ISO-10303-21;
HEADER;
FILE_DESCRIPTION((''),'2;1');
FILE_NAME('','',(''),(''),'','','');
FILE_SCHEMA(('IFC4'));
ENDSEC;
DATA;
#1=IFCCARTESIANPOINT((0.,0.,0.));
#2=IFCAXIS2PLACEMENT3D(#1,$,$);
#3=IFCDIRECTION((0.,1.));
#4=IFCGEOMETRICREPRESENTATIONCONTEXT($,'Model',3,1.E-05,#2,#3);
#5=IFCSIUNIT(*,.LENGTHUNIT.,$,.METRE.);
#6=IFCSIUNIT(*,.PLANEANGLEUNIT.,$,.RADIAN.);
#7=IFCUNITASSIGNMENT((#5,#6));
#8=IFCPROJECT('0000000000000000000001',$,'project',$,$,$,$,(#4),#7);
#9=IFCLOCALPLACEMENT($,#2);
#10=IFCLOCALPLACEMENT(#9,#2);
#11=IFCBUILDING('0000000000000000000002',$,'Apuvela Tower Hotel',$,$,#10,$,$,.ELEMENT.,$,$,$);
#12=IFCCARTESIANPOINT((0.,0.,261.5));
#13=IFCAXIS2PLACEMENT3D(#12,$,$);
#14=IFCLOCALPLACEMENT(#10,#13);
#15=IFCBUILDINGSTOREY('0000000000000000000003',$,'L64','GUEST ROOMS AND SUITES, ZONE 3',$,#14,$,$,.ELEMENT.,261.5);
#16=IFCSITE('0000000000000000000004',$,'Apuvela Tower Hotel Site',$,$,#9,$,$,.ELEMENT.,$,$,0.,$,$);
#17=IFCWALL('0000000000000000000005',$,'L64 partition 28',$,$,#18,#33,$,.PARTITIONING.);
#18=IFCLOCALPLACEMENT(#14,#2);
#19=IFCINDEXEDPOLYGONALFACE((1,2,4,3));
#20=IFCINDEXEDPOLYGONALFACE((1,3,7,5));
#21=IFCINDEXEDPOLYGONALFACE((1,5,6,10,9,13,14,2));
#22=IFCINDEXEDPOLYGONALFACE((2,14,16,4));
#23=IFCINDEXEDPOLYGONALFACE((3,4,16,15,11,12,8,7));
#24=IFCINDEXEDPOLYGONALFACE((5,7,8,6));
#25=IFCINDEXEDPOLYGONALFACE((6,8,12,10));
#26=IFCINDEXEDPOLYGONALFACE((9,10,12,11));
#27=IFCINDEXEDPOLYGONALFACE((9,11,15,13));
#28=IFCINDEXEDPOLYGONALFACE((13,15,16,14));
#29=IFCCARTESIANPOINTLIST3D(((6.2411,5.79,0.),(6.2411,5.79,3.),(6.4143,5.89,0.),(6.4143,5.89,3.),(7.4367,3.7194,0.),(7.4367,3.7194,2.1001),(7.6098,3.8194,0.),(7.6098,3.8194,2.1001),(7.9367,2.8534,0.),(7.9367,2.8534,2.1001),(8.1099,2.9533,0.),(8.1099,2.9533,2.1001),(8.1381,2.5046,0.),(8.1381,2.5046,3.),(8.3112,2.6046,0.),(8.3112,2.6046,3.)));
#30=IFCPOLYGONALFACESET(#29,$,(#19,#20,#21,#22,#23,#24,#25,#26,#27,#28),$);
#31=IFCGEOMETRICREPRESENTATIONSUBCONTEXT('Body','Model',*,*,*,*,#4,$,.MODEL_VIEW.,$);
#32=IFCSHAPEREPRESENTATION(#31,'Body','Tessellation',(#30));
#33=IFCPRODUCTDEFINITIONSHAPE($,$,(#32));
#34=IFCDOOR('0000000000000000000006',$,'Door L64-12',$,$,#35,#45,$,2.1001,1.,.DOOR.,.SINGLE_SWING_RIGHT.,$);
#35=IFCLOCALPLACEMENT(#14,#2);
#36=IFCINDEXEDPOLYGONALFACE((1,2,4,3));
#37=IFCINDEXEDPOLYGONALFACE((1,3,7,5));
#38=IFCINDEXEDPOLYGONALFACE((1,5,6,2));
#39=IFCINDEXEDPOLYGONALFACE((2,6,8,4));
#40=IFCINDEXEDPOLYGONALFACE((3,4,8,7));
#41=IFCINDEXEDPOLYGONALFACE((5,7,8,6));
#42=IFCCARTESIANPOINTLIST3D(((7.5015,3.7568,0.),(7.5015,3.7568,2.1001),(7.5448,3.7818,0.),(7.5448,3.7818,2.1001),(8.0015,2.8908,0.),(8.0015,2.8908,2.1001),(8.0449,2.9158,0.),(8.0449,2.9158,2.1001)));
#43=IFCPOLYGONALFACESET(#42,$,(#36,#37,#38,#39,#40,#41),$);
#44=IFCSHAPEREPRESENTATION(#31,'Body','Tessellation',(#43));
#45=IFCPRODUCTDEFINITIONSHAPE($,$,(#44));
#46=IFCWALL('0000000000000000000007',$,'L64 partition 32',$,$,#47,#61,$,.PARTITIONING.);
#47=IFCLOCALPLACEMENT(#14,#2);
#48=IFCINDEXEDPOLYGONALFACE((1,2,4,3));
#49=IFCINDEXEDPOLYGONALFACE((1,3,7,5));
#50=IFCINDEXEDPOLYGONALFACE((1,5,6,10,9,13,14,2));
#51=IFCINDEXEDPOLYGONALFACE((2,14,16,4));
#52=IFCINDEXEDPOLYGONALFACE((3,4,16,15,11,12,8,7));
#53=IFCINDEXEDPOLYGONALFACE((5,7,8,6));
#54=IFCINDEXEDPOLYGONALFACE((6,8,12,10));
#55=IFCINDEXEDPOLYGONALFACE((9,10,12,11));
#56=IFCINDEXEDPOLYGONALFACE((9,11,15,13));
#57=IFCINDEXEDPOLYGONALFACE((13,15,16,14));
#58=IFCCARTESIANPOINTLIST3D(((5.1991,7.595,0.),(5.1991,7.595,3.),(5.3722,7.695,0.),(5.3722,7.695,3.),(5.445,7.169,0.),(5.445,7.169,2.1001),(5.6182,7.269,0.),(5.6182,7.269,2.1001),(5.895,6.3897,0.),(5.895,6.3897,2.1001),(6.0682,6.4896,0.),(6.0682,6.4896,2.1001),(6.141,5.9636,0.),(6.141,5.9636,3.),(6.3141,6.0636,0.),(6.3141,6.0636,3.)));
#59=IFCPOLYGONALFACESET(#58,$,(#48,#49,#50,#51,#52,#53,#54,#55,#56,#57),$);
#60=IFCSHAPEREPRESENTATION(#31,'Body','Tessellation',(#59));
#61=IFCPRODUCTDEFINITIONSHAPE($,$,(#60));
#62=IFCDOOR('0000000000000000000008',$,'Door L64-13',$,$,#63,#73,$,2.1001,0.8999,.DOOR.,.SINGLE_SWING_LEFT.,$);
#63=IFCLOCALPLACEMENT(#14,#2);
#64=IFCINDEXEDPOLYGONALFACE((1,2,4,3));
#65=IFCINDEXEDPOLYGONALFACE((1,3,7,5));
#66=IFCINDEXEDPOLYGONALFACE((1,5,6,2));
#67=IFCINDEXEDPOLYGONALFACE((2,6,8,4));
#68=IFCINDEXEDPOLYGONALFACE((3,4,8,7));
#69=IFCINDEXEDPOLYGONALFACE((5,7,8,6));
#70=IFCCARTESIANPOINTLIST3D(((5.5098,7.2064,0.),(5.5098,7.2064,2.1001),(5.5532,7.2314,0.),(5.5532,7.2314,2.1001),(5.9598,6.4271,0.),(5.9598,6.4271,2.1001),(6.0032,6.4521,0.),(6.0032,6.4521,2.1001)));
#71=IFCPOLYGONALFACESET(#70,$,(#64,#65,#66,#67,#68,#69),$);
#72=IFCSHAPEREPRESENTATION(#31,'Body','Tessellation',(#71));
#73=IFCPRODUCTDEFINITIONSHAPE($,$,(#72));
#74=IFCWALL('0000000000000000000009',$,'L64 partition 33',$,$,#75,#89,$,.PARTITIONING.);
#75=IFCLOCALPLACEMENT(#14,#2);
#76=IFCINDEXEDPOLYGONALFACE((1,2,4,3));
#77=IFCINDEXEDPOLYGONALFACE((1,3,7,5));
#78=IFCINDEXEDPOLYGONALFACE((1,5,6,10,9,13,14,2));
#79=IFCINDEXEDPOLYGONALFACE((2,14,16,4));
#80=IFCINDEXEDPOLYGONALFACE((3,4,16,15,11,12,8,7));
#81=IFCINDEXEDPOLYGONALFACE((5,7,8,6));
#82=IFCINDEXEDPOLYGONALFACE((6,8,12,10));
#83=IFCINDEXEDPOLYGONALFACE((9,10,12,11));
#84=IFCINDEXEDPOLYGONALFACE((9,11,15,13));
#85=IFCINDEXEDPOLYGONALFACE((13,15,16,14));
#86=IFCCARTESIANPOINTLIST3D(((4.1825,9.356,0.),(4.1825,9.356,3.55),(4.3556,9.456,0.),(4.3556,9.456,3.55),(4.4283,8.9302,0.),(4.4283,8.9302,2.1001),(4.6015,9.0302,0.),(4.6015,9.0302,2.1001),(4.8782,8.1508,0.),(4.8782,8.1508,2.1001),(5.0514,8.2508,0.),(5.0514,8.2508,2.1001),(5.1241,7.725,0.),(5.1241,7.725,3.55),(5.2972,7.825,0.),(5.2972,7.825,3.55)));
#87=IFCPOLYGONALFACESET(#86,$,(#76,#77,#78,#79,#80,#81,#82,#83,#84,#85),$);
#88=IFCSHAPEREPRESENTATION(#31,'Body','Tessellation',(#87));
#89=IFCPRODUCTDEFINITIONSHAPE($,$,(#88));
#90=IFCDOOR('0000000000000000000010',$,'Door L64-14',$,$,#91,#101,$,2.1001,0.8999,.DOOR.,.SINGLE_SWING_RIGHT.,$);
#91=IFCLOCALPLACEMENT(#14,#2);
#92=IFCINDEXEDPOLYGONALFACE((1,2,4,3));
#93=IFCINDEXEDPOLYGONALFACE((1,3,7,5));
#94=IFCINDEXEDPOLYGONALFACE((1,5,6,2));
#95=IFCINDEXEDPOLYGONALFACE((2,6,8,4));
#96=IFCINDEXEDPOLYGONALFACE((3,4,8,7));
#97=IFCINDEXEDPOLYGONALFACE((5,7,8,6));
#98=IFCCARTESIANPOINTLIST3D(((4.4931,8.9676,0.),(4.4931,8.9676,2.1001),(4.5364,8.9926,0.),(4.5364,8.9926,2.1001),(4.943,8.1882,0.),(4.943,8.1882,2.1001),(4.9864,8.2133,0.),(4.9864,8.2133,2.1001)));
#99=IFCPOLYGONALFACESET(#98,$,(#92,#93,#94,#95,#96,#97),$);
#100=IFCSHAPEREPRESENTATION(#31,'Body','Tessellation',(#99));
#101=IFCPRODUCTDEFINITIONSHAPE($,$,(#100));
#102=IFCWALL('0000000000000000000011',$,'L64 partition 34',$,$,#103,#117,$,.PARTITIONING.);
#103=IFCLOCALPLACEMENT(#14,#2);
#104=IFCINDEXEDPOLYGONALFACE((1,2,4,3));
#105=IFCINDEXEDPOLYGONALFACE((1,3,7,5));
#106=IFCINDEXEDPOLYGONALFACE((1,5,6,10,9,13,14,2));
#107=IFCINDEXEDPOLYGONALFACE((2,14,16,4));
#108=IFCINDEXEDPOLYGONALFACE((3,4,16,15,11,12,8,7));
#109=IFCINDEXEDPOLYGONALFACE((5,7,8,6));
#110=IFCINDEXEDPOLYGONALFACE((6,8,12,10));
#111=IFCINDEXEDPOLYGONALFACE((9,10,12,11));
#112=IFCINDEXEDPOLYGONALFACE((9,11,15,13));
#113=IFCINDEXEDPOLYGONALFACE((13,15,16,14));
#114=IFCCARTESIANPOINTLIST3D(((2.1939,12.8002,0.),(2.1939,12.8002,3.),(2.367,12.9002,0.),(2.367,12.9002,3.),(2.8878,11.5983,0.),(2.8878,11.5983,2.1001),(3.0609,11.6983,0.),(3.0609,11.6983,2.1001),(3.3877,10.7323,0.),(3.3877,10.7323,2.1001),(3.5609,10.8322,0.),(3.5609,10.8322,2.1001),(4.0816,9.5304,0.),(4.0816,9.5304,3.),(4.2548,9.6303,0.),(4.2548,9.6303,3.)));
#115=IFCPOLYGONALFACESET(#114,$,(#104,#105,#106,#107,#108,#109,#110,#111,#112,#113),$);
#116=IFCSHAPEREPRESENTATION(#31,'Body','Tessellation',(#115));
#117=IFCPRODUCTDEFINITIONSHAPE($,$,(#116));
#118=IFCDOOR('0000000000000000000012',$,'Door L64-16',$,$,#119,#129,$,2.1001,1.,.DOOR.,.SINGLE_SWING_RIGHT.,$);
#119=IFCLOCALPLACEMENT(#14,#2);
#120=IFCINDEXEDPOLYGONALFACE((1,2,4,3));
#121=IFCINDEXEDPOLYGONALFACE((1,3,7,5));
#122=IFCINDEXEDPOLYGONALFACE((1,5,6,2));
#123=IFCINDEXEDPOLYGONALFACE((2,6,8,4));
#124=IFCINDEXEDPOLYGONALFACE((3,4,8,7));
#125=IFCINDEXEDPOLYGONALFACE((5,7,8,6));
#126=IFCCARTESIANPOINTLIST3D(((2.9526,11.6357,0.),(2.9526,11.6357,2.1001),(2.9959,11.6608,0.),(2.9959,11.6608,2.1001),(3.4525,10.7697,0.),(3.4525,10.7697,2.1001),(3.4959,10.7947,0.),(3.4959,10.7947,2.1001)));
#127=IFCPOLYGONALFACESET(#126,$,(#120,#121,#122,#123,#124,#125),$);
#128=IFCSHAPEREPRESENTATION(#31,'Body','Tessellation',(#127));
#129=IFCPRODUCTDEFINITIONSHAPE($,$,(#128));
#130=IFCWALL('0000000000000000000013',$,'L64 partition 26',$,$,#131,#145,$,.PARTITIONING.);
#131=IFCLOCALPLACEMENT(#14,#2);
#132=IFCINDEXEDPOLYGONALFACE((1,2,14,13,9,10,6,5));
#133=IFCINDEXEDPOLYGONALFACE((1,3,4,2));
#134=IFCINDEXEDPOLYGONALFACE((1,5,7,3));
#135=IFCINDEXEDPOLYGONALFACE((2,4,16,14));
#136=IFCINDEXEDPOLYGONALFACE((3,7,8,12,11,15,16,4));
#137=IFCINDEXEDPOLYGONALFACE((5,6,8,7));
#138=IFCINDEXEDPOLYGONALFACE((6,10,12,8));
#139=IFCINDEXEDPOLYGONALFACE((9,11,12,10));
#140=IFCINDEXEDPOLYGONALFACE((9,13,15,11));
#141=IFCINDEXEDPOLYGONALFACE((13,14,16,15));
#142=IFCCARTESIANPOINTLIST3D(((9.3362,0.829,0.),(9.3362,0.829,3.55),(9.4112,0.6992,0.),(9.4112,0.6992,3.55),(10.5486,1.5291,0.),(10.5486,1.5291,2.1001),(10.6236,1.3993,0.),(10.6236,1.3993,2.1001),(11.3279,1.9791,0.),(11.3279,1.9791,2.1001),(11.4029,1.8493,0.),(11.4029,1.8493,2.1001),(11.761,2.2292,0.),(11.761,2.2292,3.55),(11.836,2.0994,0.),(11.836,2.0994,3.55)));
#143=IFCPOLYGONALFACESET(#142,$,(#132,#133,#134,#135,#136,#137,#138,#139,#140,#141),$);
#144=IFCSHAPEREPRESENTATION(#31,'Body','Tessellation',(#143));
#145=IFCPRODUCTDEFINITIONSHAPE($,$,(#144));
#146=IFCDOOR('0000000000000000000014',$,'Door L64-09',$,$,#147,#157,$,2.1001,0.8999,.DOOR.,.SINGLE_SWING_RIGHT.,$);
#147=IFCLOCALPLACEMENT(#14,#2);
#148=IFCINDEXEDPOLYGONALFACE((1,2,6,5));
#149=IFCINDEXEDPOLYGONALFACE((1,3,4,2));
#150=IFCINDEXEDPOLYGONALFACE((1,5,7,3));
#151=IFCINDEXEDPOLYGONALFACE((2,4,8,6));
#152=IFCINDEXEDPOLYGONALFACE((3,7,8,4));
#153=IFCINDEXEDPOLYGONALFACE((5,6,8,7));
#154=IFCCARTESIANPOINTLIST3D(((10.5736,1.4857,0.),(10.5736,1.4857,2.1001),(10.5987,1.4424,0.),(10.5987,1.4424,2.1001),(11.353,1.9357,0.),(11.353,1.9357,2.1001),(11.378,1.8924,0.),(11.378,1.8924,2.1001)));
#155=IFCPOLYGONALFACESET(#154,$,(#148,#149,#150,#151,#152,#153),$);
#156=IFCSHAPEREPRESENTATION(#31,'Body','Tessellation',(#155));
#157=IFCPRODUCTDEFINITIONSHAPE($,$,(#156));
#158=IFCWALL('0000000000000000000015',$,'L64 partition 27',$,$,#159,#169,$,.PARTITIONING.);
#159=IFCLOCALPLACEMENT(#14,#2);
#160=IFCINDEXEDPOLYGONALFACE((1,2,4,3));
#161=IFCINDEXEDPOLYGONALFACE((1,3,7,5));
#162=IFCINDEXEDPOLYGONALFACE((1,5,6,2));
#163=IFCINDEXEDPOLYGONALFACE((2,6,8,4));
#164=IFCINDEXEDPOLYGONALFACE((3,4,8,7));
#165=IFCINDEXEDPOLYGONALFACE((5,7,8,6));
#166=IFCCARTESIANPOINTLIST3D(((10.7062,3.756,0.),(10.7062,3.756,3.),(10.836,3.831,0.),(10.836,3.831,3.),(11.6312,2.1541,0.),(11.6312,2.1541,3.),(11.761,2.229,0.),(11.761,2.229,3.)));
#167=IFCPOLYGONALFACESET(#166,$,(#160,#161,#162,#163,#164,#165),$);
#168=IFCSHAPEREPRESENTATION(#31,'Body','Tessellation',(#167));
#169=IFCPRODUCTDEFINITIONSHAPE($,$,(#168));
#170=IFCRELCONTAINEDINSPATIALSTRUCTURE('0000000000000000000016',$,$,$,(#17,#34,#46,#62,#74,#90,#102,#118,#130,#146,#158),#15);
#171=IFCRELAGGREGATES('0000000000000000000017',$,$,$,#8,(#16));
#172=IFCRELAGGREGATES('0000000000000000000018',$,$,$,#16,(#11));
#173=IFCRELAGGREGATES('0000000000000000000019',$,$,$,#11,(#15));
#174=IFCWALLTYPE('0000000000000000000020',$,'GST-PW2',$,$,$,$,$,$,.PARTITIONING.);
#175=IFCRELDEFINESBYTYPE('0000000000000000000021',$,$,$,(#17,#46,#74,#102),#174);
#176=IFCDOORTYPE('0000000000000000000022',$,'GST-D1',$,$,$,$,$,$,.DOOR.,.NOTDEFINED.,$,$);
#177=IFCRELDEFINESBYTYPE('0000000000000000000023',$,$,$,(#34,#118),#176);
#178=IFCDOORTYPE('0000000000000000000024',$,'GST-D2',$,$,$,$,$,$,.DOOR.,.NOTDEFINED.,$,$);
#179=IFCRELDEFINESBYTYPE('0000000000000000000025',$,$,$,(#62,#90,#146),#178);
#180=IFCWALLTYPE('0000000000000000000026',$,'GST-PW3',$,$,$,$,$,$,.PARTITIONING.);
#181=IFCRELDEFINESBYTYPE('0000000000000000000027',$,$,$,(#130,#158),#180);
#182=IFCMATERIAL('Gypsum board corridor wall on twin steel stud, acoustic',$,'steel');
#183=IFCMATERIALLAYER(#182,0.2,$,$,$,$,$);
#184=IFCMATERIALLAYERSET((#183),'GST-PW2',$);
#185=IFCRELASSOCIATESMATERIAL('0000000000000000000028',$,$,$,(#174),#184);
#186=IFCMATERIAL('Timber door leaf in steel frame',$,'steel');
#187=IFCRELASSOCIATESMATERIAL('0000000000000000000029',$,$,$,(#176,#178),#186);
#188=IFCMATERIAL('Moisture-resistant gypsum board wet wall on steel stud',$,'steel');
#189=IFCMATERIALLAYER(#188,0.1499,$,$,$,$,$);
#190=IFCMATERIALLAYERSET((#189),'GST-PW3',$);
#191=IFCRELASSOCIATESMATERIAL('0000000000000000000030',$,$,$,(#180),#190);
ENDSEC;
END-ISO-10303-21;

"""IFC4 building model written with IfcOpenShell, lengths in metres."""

from ifc_helpers import new_model, si_unit, direction, frame, frame_2d, origin, place, context, subcontext, project, spatial, rectangle, extrude, material, layer, layer_set, type_object, element, fill, save


model = new_model("IFC4")

# Units and contexts
model_context = context("Model", 3, precision=1e-05, world=origin(), true_north=direction((0.0, 1.0)))
body_context = subcontext(model_context, "Body", "Model", "MODEL_VIEW")
ifc_project = project(units=[si_unit("LENGTHUNIT", "METRE"), si_unit("PLANEANGLEUNIT", "RADIAN")], contexts=[model_context])

# Site, building, storey
site_placement = place(None, origin())
site = spatial("IfcSite", under=ifc_project, at=site_placement, Name="Apuvela Tower Hotel Site", CompositionType="ELEMENT", RefElevation=0.0)
building_placement = place(site_placement, origin())
building = spatial("IfcBuilding", under=site, at=building_placement, Name="Apuvela Tower Hotel", CompositionType="ELEMENT")
storey_placement = place(building_placement, frame((0.0, 0.0, 261.5)))
storey = spatial("IfcBuildingStorey", under=building, at=storey_placement, Name="L64", Description="GUEST ROOMS AND SUITES, ZONE 3", CompositionType="ELEMENT", Elevation=261.5)

# Walls, openings, doors
ifc_material_1 = material(Name="Gypsum board corridor wall on twin steel stud, acoustic", Category="steel")
ifc_layer_1 = layer(ifc_material_1, 0.2)
ifc_layer_set_1 = layer_set([ifc_layer_1], Name="GST-PW2")
wall_type_1 = type_object("IfcWallType", Name="GST-PW2", PredefinedType="PARTITIONING", material=ifc_layer_set_1)
ifc_material_2 = material(Name="Timber door leaf in steel frame", Category="steel")
door_type_1 = type_object("IfcDoorType", Name="GST-D1", OperationType="NOTDEFINED", PredefinedType="DOOR", material=ifc_material_2)
wall_1_placement = place(storey_placement, frame((6.3276, 5.8401, 0.0), z_axis=(0.0, 0.0, 1.0), x_axis=(0.500029, -0.866009, 0.0)))
wall_1 = element("IfcWall", 1, at=wall_1_placement, inside=storey, type_object=wall_type_1, Name="L64 partition 28", PredefinedType="PARTITIONING", context=body_context, shape_type="SweptSolid", body=[
    extrude(rectangle(XDim=3.7937, YDim=0.2, at=frame_2d((1.897, 0.0))), origin(), (0.0, 0.0, 1.0), 3.0),
])
opening_1_placement = place(wall_1_placement, frame((2.3911, 0.0, 0.0)))
opening_1 = element("IfcOpeningElement", 2, at=opening_1_placement, cuts=wall_1, PredefinedType="OPENING", context=body_context, shape_type="SweptSolid", body=[
    extrude(rectangle(XDim=1.0, YDim=2.1001, at=frame_2d((0.5, 1.05))), frame((0.0, 0.1099, 0.0), z_axis=(0.0, -1.0, 0.0), x_axis=(1.0, 0.0, 0.0)), (0.0, 0.0, 1.0), 0.22),
])
door_1_placement = place(opening_1_placement, origin())
door_1 = element("IfcDoor", 3, at=door_1_placement, inside=storey, type_object=door_type_1, Name="Door L64-12", OperationType="SINGLE_SWING_RIGHT", OverallHeight=2.1001, OverallWidth=1.0, PredefinedType="DOOR", context=body_context, shape_type="SweptSolid", body=[
    extrude(rectangle(XDim=1.0, YDim=2.1001, at=frame_2d((0.5, 1.05))), frame((0.0, 0.0249, 0.0), z_axis=(0.0, -1.0, 0.0), x_axis=(1.0, 0.0, 0.0)), (0.0, 0.0, 1.0), 0.05),
])
fill(opening_1, door_1)
wall_2_placement = place(storey_placement, frame((5.2856, 7.645, 0.0), z_axis=(0.0, 0.0, 1.0), x_axis=(0.500014, -0.866017, 0.0)))
wall_2 = element("IfcWall", 4, at=wall_2_placement, inside=storey, type_object=wall_type_1, Name="L64 partition 32", PredefinedType="PARTITIONING", context=body_context, shape_type="SweptSolid", body=[
    extrude(rectangle(XDim=1.8838, YDim=0.2, at=frame_2d((0.9419, 0.0))), origin(), (0.0, 0.0, 1.0), 3.0),
])
opening_2_placement = place(wall_2_placement, frame((0.4919, 0.0, 0.0)))
opening_2 = element("IfcOpeningElement", 5, at=opening_2_placement, cuts=wall_2, PredefinedType="OPENING", context=body_context, shape_type="SweptSolid", body=[
    extrude(rectangle(XDim=0.8999, YDim=2.1001, at=frame_2d((0.45, 1.05))), frame((0.0, 0.1099, 0.0), z_axis=(0.0, -1.0, 0.0), x_axis=(1.0, 0.0, 0.0)), (0.0, 0.0, 1.0), 0.22),
])
door_type_2 = type_object("IfcDoorType", Name="GST-D2", OperationType="NOTDEFINED", PredefinedType="DOOR", material=ifc_material_2)
door_2_placement = place(opening_2_placement, origin())
door_2 = element("IfcDoor", 6, at=door_2_placement, inside=storey, type_object=door_type_2, Name="Door L64-13", OperationType="SINGLE_SWING_LEFT", OverallHeight=2.1001, OverallWidth=0.8999, PredefinedType="DOOR", context=body_context, shape_type="SweptSolid", body=[
    extrude(rectangle(XDim=0.8999, YDim=2.1001, at=frame_2d((0.45, 1.05))), frame((0.0, 0.0249, 0.0), z_axis=(0.0, -1.0, 0.0), x_axis=(1.0, 0.0, 0.0)), (0.0, 0.0, 1.0), 0.05),
])
fill(opening_2, door_2)
wall_3_placement = place(storey_placement, frame((4.269, 9.406, 0.0), z_axis=(0.0, 0.0, 1.0), x_axis=(0.499973, -0.866041, 0.0)))
wall_3 = element("IfcWall", 7, at=wall_3_placement, inside=storey, type_object=wall_type_1, Name="L64 partition 33", PredefinedType="PARTITIONING", context=body_context, shape_type="SweptSolid", body=[
    extrude(rectangle(XDim=1.8833, YDim=0.2, at=frame_2d((0.9417, 0.0))), origin(), (0.0, 0.0, 1.0), 3.55),
])
opening_3_placement = place(wall_3_placement, frame((0.4917, 0.0, 0.0)))
opening_3 = element("IfcOpeningElement", 8, at=opening_3_placement, cuts=wall_3, PredefinedType="OPENING", context=body_context, shape_type="SweptSolid", body=[
    extrude(rectangle(XDim=0.8999, YDim=2.1001, at=frame_2d((0.45, 1.05))), frame((0.0, 0.1099, 0.0), z_axis=(0.0, -1.0, 0.0), x_axis=(1.0, 0.0, 0.0)), (0.0, 0.0, 1.0), 0.22),
])
door_3_placement = place(opening_3_placement, origin())
door_3 = element("IfcDoor", 9, at=door_3_placement, inside=storey, type_object=door_type_2, Name="Door L64-14", OperationType="SINGLE_SWING_RIGHT", OverallHeight=2.1001, OverallWidth=0.8999, PredefinedType="DOOR", context=body_context, shape_type="SweptSolid", body=[
    extrude(rectangle(XDim=0.8999, YDim=2.1001, at=frame_2d((0.45, 1.05))), frame((0.0, 0.0249, 0.0), z_axis=(0.0, -1.0, 0.0), x_axis=(1.0, 0.0, 0.0)), (0.0, 0.0, 1.0), 0.05),
])
fill(opening_3, door_3)
wall_4_placement = place(storey_placement, frame((2.2805, 12.8501, 0.0), z_axis=(0.0, 0.0, 1.0), x_axis=(0.499978, -0.866038, 0.0)))
wall_4 = element("IfcWall", 10, at=wall_4_placement, inside=storey, type_object=wall_type_1, Name="L64 partition 34", PredefinedType="PARTITIONING", context=body_context, shape_type="SweptSolid", body=[
    extrude(rectangle(XDim=3.7756, YDim=0.2, at=frame_2d((1.8877, 0.0))), origin(), (0.0, 0.0, 1.0), 3.0),
])
opening_4_placement = place(wall_4_placement, frame((1.3877, 0.0, 0.0)))
opening_4 = element("IfcOpeningElement", 11, at=opening_4_placement, cuts=wall_4, PredefinedType="OPENING", context=body_context, shape_type="SweptSolid", body=[
    extrude(rectangle(XDim=1.0, YDim=2.1001, at=frame_2d((0.5, 1.05))), frame((0.0, 0.1099, 0.0), z_axis=(0.0, -1.0, 0.0), x_axis=(1.0, 0.0, 0.0)), (0.0, 0.0, 1.0), 0.22),
])
door_4_placement = place(opening_4_placement, origin())
door_4 = element("IfcDoor", 12, at=door_4_placement, inside=storey, type_object=door_type_1, Name="Door L64-16", OperationType="SINGLE_SWING_RIGHT", OverallHeight=2.1001, OverallWidth=1.0, PredefinedType="DOOR", context=body_context, shape_type="SweptSolid", body=[
    extrude(rectangle(XDim=1.0, YDim=2.1001, at=frame_2d((0.5, 1.05))), frame((0.0, 0.0249, 0.0), z_axis=(0.0, -1.0, 0.0), x_axis=(1.0, 0.0, 0.0)), (0.0, 0.0, 1.0), 0.05),
])
fill(opening_4, door_4)
ifc_material_3 = material(Name="Moisture-resistant gypsum board wet wall on steel stud", Category="steel")
ifc_layer_2 = layer(ifc_material_3, 0.1499)
ifc_layer_set_2 = layer_set([ifc_layer_2], Name="GST-PW3")
wall_type_2 = type_object("IfcWallType", Name="GST-PW3", PredefinedType="PARTITIONING", material=ifc_layer_set_2)
wall_5_placement = place(storey_placement, frame((9.3738, 0.7642, 0.0), z_axis=(0.0, 0.0, 1.0), x_axis=(0.865997, 0.50005, 0.0)))
wall_5 = element("IfcWall", 13, at=wall_5_placement, inside=storey, type_object=wall_type_2, Name="L64 partition 26", PredefinedType="PARTITIONING", context=body_context, shape_type="SweptSolid", body=[
    extrude(rectangle(XDim=2.8, YDim=0.1499, at=frame_2d((1.3999, 0.0))), origin(), (0.0, 0.0, 1.0), 3.55),
])
opening_5_placement = place(wall_5_placement, frame((1.3999, 0.0, 0.0)))
opening_5 = element("IfcOpeningElement", 14, at=opening_5_placement, cuts=wall_5, PredefinedType="OPENING", context=body_context, shape_type="SweptSolid", body=[
    extrude(rectangle(XDim=0.8999, YDim=2.1001, at=frame_2d((0.45, 1.05))), frame((0.0, 0.085, 0.0), z_axis=(0.0, -1.0, 0.0), x_axis=(1.0, 0.0, 0.0)), (0.0, 0.0, 1.0), 0.1699),
])
door_5_placement = place(opening_5_placement, origin())
door_5 = element("IfcDoor", 15, at=door_5_placement, inside=storey, type_object=door_type_2, Name="Door L64-09", OperationType="SINGLE_SWING_RIGHT", OverallHeight=2.1001, OverallWidth=0.8999, PredefinedType="DOOR", context=body_context, shape_type="SweptSolid", body=[
    extrude(rectangle(XDim=0.8999, YDim=2.1001, at=frame_2d((0.45, 1.05))), frame((0.0, 0.0249, 0.0), z_axis=(0.0, -1.0, 0.0), x_axis=(1.0, 0.0, 0.0)), (0.0, 0.0, 1.0), 0.05),
])
fill(opening_5, door_5)

# Wall
wall_6_placement = place(storey_placement, frame((11.696, 2.1917, 0.0), z_axis=(0.0, 0.0, 1.0), x_axis=(-0.500042, 0.866001, 0.0)))
element("IfcWall", 16, at=wall_6_placement, inside=storey, type_object=wall_type_2, Name="L64 partition 27", PredefinedType="PARTITIONING", context=body_context, shape_type="SweptSolid", body=[
    extrude(rectangle(XDim=1.8499, YDim=0.1499, at=frame_2d((0.9248, 0.0))), origin(), (0.0, 0.0, 1.0), 3.0),
])

save(model, "model.ifc")
